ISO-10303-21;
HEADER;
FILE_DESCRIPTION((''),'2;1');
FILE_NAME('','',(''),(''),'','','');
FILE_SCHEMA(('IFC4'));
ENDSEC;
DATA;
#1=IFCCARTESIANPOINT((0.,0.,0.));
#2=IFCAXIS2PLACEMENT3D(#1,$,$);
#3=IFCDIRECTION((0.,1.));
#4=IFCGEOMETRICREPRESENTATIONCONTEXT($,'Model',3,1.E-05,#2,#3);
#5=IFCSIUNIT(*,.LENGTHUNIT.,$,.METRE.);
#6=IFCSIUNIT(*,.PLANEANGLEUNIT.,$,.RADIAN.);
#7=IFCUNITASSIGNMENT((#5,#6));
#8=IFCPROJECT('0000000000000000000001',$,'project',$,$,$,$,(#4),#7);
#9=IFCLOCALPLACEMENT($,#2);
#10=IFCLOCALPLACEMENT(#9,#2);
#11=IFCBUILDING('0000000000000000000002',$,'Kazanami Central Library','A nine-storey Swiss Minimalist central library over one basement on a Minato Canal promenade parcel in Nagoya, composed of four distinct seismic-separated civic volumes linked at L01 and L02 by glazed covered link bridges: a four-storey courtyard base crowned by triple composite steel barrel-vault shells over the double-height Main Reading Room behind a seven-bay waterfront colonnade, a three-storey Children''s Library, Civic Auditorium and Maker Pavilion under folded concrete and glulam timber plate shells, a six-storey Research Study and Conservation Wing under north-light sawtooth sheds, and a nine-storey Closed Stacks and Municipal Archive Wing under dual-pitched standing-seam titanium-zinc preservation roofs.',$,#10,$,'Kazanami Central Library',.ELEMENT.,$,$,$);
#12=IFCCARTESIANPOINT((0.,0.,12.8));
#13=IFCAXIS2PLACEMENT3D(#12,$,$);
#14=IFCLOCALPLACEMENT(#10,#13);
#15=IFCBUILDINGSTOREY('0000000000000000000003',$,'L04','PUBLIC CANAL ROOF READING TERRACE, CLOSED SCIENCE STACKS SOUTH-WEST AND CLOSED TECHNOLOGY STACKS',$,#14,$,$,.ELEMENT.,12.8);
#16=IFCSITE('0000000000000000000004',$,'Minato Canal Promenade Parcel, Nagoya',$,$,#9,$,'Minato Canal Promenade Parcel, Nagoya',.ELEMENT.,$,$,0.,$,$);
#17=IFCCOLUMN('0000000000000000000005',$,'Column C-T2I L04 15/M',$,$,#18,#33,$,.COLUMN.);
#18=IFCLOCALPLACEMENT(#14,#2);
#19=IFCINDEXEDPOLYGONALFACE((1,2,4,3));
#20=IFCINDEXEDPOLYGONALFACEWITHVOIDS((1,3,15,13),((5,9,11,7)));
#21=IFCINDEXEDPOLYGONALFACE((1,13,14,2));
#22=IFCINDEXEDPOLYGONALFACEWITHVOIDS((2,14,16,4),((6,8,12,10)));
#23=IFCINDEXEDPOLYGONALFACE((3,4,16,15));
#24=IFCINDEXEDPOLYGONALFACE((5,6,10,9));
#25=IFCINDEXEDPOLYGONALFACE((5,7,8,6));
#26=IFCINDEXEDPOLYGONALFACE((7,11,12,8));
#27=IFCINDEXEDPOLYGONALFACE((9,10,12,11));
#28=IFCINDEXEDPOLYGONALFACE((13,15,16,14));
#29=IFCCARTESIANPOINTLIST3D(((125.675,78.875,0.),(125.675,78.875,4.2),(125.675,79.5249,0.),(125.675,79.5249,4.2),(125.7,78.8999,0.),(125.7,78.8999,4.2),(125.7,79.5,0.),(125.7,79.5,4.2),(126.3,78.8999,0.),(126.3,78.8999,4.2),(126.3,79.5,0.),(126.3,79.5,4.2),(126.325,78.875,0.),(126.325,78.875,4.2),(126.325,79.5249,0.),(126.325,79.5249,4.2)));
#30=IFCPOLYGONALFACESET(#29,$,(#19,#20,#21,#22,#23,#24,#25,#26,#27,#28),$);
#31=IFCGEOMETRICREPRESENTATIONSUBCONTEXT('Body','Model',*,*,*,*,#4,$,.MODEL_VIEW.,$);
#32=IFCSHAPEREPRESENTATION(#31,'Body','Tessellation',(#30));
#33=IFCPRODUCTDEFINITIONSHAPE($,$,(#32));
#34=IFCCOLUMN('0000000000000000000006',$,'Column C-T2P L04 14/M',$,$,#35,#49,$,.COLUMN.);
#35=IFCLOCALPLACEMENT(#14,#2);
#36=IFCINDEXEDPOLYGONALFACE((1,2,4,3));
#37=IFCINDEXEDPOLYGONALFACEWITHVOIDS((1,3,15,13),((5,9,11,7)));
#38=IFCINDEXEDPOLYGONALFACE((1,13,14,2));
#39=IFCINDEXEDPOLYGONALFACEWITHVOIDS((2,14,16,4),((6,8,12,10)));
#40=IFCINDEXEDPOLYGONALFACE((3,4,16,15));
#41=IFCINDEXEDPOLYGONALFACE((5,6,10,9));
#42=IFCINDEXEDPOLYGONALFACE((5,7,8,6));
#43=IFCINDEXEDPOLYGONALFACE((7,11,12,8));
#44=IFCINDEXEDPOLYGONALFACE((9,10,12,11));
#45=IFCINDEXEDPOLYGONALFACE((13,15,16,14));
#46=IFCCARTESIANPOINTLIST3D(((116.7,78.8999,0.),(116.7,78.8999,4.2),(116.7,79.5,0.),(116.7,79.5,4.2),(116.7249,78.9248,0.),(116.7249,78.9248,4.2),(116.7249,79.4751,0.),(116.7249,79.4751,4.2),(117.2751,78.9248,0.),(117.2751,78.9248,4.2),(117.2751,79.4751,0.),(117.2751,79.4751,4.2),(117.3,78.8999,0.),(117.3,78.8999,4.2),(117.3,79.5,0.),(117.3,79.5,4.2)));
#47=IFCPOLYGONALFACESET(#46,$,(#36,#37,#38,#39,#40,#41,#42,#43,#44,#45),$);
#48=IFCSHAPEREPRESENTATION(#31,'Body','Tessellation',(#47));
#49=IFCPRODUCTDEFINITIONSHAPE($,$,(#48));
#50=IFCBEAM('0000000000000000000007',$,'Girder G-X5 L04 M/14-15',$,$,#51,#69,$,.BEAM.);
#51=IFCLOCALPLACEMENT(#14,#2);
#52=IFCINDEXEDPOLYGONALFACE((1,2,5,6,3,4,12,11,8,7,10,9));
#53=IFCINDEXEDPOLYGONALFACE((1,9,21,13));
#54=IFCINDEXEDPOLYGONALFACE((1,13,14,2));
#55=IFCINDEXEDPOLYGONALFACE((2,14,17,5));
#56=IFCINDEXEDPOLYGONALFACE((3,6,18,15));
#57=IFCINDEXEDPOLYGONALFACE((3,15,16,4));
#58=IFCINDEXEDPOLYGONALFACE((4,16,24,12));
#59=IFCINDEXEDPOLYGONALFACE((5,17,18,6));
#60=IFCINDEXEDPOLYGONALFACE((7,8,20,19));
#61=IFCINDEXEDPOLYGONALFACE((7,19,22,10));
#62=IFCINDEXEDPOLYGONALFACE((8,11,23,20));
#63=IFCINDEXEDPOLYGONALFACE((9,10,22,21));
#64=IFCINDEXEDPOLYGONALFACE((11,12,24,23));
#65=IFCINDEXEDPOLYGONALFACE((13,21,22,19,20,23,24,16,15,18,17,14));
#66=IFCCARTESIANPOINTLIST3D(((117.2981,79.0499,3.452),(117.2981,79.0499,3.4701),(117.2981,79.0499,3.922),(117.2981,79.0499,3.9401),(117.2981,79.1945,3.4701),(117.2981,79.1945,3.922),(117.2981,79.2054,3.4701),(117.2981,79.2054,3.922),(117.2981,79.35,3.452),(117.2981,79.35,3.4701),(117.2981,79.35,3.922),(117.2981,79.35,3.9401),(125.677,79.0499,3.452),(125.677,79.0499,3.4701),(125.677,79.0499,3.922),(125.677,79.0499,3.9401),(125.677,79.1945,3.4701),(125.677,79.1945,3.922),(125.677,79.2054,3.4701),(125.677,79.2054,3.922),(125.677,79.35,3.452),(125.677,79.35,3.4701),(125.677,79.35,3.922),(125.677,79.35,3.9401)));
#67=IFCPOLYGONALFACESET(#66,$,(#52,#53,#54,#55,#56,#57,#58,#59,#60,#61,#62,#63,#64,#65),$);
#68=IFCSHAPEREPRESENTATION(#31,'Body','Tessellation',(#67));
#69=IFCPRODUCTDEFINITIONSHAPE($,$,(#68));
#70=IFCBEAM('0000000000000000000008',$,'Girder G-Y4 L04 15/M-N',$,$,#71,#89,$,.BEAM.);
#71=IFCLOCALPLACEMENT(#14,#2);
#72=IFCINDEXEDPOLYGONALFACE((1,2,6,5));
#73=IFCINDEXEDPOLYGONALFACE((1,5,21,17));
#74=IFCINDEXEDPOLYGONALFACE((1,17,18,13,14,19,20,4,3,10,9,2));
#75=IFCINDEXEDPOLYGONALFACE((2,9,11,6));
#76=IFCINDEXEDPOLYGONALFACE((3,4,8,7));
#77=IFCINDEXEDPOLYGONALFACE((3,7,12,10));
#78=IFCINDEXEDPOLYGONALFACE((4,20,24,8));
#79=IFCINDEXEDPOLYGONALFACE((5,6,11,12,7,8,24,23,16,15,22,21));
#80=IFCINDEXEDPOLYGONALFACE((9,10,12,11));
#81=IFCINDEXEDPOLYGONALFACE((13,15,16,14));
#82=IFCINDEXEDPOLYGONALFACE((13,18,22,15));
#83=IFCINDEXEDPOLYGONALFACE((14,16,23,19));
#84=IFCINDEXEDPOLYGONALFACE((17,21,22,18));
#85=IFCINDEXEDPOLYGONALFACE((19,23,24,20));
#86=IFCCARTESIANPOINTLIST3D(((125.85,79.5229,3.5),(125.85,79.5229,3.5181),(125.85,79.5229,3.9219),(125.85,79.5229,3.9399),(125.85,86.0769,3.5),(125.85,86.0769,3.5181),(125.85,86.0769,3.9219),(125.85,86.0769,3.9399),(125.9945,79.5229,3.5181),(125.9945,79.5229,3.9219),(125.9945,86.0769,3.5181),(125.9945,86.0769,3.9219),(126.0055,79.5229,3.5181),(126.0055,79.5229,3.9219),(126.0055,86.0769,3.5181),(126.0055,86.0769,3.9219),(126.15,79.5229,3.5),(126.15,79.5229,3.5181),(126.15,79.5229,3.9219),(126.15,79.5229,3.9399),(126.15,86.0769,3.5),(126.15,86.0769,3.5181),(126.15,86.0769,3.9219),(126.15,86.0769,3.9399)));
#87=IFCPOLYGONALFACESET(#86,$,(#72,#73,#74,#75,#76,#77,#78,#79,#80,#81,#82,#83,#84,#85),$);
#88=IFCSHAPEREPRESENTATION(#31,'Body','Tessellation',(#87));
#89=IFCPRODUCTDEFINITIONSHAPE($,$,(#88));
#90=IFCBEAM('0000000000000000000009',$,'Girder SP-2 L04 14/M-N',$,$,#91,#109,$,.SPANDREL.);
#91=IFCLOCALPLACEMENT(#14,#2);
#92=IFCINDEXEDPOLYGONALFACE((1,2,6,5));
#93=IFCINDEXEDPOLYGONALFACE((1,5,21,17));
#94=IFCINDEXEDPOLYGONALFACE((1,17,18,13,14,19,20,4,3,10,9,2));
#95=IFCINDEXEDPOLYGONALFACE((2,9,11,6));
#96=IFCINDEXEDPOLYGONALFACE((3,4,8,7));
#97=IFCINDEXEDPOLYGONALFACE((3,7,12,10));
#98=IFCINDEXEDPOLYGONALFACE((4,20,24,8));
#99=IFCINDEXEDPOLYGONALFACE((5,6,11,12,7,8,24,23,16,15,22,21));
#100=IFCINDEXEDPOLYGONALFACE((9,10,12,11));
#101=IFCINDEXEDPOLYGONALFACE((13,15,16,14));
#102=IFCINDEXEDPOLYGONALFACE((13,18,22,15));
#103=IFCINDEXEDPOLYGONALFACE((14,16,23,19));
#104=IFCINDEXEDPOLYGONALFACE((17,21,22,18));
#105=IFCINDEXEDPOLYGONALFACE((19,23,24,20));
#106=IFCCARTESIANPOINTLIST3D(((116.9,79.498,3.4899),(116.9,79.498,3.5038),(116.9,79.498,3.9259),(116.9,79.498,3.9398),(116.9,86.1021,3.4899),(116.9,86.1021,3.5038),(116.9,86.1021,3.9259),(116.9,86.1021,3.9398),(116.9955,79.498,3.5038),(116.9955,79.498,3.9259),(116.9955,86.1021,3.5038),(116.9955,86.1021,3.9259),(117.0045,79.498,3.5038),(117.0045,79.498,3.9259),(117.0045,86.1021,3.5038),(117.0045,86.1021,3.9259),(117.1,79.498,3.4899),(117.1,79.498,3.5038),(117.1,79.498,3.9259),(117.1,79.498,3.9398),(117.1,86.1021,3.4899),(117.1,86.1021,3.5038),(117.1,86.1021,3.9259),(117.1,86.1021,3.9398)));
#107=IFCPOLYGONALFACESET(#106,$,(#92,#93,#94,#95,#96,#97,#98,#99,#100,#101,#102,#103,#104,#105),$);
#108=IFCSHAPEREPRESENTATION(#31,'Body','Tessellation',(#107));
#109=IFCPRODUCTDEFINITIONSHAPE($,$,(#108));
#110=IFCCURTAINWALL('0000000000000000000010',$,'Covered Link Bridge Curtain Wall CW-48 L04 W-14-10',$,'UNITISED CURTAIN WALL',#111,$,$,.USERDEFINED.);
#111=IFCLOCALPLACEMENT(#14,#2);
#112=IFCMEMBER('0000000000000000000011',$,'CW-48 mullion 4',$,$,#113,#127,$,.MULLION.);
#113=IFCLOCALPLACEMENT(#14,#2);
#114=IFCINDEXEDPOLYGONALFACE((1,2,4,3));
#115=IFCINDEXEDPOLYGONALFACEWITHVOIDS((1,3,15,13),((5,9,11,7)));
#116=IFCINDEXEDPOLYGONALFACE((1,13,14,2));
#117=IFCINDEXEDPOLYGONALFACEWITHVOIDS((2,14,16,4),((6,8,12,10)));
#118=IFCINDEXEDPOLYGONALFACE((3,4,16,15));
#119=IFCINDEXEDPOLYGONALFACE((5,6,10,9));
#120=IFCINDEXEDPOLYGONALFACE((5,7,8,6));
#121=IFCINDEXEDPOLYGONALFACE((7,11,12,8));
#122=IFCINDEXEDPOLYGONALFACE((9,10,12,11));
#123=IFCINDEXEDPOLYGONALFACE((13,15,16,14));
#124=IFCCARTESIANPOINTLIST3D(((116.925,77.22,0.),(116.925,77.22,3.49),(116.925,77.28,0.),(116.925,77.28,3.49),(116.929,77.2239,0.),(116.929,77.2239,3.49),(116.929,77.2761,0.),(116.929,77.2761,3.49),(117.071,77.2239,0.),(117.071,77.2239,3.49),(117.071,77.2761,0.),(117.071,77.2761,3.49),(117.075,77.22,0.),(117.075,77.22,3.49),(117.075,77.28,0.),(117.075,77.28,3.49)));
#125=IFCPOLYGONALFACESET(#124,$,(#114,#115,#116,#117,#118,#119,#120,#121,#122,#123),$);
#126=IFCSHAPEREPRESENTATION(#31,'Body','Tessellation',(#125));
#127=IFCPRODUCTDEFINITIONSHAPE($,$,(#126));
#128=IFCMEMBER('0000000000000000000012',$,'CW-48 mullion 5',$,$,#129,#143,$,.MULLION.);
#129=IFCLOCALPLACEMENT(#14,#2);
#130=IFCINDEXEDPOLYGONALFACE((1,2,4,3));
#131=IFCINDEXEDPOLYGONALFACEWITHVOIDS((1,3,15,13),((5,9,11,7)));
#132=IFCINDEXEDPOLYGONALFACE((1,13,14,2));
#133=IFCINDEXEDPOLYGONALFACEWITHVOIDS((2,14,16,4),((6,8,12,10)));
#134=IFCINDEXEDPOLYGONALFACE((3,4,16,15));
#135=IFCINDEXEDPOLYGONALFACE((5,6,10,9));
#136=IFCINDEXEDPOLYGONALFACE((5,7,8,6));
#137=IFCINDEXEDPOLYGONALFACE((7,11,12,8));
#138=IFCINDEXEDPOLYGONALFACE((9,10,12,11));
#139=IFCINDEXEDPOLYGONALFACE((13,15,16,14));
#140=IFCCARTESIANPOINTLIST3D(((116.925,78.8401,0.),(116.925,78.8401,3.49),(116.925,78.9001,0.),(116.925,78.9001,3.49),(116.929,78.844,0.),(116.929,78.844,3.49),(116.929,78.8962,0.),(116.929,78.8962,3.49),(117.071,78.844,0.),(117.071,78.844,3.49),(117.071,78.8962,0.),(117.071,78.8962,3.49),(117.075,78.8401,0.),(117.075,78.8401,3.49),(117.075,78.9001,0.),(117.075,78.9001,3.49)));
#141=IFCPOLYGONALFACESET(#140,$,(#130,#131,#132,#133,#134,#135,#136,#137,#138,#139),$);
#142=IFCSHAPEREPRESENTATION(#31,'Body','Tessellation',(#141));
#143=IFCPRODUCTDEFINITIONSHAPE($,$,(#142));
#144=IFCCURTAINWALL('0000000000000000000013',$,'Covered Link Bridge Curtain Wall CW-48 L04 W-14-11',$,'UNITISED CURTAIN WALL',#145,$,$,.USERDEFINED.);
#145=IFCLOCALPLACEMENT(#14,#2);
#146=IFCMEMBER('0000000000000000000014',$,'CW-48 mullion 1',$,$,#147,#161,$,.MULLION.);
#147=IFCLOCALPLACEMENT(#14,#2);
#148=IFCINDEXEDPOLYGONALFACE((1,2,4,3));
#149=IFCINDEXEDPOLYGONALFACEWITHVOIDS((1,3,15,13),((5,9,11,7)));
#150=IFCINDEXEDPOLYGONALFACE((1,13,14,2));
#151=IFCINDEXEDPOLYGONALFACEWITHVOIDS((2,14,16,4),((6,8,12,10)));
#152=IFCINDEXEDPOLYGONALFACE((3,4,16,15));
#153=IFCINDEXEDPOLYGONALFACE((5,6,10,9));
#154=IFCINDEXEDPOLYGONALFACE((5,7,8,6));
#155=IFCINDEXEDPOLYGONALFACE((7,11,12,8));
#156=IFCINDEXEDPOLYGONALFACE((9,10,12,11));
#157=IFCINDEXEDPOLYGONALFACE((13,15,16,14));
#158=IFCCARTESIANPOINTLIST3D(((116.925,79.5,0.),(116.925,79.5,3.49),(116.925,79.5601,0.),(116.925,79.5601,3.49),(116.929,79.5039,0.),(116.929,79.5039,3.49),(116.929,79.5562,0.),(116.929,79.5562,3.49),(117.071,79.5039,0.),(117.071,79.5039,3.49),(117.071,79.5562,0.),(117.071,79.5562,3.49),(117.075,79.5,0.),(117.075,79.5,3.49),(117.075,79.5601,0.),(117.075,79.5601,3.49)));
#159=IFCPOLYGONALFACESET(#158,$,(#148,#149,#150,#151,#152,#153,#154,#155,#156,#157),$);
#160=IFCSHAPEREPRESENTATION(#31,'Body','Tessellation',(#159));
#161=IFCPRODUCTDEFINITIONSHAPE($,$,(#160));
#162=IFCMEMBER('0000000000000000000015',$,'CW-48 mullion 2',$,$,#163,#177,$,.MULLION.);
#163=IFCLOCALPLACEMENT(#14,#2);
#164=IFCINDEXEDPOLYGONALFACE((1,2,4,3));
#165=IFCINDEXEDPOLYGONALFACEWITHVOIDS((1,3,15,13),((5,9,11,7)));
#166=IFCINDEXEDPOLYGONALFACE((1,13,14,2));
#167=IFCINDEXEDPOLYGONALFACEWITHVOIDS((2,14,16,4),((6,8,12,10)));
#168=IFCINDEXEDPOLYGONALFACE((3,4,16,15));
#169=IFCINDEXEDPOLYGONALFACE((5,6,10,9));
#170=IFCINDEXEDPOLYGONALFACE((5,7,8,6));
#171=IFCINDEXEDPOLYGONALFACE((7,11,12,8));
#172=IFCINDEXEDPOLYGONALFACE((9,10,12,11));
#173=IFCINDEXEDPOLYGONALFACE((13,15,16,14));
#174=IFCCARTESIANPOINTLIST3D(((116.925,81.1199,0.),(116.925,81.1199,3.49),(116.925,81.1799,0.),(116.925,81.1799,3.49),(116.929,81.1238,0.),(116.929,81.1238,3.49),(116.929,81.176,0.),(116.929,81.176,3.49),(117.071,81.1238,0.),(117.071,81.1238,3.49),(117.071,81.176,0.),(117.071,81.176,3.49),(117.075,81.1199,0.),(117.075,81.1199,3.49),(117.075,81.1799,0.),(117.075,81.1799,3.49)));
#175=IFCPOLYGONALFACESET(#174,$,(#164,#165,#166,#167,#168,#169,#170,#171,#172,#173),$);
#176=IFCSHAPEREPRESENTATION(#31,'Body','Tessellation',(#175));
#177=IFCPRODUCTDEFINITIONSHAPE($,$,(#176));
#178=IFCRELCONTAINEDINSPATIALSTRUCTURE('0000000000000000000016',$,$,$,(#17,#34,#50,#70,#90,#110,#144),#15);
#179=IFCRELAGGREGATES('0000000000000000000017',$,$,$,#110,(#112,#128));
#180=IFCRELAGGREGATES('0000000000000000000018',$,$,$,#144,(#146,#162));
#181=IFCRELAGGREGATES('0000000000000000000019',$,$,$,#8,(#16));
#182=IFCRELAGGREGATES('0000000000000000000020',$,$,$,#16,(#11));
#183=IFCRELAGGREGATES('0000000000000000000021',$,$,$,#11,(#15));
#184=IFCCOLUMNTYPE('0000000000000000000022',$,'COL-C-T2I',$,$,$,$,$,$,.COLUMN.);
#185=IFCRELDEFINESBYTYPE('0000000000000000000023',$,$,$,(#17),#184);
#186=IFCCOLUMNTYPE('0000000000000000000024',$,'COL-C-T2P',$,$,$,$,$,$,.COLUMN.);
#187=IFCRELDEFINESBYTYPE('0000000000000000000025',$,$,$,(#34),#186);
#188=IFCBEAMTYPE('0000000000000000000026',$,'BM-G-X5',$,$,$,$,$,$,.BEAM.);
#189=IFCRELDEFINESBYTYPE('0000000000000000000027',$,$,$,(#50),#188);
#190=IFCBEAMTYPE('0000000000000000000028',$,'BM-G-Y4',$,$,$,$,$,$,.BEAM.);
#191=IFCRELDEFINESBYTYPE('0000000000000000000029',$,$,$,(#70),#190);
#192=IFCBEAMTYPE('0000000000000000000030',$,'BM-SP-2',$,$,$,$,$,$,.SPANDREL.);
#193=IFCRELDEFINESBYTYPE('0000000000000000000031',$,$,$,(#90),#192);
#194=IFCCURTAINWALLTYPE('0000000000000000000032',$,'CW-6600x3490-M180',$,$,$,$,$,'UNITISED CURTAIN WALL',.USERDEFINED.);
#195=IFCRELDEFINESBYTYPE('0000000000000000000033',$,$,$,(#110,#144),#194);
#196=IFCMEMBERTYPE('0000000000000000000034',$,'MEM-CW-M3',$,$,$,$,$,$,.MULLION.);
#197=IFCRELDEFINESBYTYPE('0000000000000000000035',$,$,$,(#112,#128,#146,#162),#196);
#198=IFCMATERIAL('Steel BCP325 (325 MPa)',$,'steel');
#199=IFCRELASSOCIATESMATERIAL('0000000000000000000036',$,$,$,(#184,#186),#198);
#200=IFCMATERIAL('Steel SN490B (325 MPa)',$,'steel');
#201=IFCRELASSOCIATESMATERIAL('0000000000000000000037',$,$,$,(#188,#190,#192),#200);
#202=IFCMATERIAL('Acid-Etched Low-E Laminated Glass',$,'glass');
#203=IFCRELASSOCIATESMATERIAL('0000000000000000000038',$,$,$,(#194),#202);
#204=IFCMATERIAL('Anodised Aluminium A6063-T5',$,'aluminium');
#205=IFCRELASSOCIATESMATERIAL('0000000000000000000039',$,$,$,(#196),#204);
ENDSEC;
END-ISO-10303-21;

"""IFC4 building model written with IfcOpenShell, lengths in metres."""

from ifc_helpers import new_model, si_unit, direction, frame, origin, origin_2d, place, context, subcontext, project, spatial, hollow_rectangle, i_section, extrude, material, material_profile, profile_set, type_object, element, aggregate, save


model = new_model("IFC4")

# Units and contexts
model_context = context("Model", 3, precision=1e-05, world=origin(), true_north=direction((0.0, 1.0)))
body_context = subcontext(model_context, "Body", "Model", "MODEL_VIEW")
ifc_project = project(units=[si_unit("LENGTHUNIT", "METRE"), si_unit("PLANEANGLEUNIT", "RADIAN")], contexts=[model_context])

# Site, building, storey
site_placement = place(None, origin())
site = spatial("IfcSite", under=ifc_project, at=site_placement, Name="Minato Canal Promenade Parcel, Nagoya", LongName="Minato Canal Promenade Parcel, Nagoya", CompositionType="ELEMENT", RefElevation=0.0)
building_placement = place(site_placement, origin())
building = spatial("IfcBuilding", under=site, at=building_placement, Name="Kazanami Central Library", Description="A nine-storey Swiss Minimalist central library over one basement on a Minato Canal promenade parcel in Nagoya, composed of four distinct seismic-separated civic volumes linked at L01 and L02 by glazed covered link bridges: a four-storey courtyard base crowned by triple composite steel barrel-vault shells over the double-height Main Reading Room behind a seven-bay waterfront colonnade, a three-storey Children's Library, Civic Auditorium and Maker Pavilion under folded concrete and glulam timber plate shells, a six-storey Research Study and Conservation Wing under north-light sawtooth sheds, and a nine-storey Closed Stacks and Municipal Archive Wing under dual-pitched standing-seam titanium-zinc preservation roofs.", LongName="Kazanami Central Library", CompositionType="ELEMENT")
storey_placement = place(building_placement, frame((0.0, 0.0, 12.8)))
storey = spatial("IfcBuildingStorey", under=building, at=storey_placement, Name="L04", Description="PUBLIC CANAL ROOF READING TERRACE, CLOSED SCIENCE STACKS SOUTH-WEST AND CLOSED TECHNOLOGY STACKS", CompositionType="ELEMENT", Elevation=12.8)

# Columns
ifc_material_1 = material(Name="Steel BCP325 (325 MPa)", Category="steel")
ifc_material_profile_1 = material_profile(ifc_material_1, hollow_rectangle(XDim=0.6499, YDim=0.6499, WallThickness=0.0249, at=origin_2d()), Name="BCP-650x650x25")
ifc_profile_set_1 = profile_set([ifc_material_profile_1], Name="Steel BCP325 (325 MPa)")
column_type_1 = type_object("IfcColumnType", Name="COL-C-T2I", PredefinedType="COLUMN", material=ifc_profile_set_1)
column_1_placement = place(storey_placement, frame((126.0, 79.2, 0.0), z_axis=(0.0, 0.0, 1.0), x_axis=(1.0, 0.0, 0.0)))
element("IfcColumn", 1, at=column_1_placement, inside=storey, type_object=column_type_1, Name="Column C-T2I L04 15/M", PredefinedType="COLUMN", context=body_context, shape_type="SweptSolid", body=[
    extrude(hollow_rectangle(XDim=0.6499, YDim=0.6499, WallThickness=0.0249, at=origin_2d()), origin(), (0.0, 0.0, 1.0), 4.2),
])
ifc_material_profile_2 = material_profile(ifc_material_1, hollow_rectangle(XDim=0.6001, YDim=0.6001, WallThickness=0.0249, at=origin_2d()), Name="BCP-600x600x25")
ifc_profile_set_2 = profile_set([ifc_material_profile_2], Name="Steel BCP325 (325 MPa)")
column_type_2 = type_object("IfcColumnType", Name="COL-C-T2P", PredefinedType="COLUMN", material=ifc_profile_set_2)
column_2_placement = place(storey_placement, frame((117.0, 79.2, 0.0), z_axis=(0.0, 0.0, 1.0), x_axis=(1.0, 0.0, 0.0)))
element("IfcColumn", 2, at=column_2_placement, inside=storey, type_object=column_type_2, Name="Column C-T2P L04 14/M", PredefinedType="COLUMN", context=body_context, shape_type="SweptSolid", body=[
    extrude(hollow_rectangle(XDim=0.6001, YDim=0.6001, WallThickness=0.0249, at=origin_2d()), origin(), (0.0, 0.0, 1.0), 4.2),
])

# Beams
ifc_material_2 = material(Name="Steel SN490B (325 MPa)", Category="steel")
ifc_material_profile_3 = material_profile(ifc_material_2, i_section(OverallWidth=0.3, OverallDepth=0.488, WebThickness=0.011, FlangeThickness=0.0181, at=origin_2d()), Name="H-488x300x11x18")
ifc_profile_set_3 = profile_set([ifc_material_profile_3], Name="Steel SN490B (325 MPa)")
beam_type_1 = type_object("IfcBeamType", Name="BM-G-X5", PredefinedType="BEAM", material=ifc_profile_set_3)
beam_1_placement = place(storey_placement, frame((117.2981, 79.2, 3.696), z_axis=(1.0, 0.0, 0.0), x_axis=(0.0, 1.0, 0.0)))
element("IfcBeam", 3, at=beam_1_placement, inside=storey, type_object=beam_type_1, Name="Girder G-X5 L04 M/14-15", PredefinedType="BEAM", context=body_context, shape_type="SweptSolid", body=[
    extrude(i_section(OverallWidth=0.3, OverallDepth=0.488, WebThickness=0.011, FlangeThickness=0.0181, at=origin_2d()), origin(), (0.0, 0.0, 1.0), 8.3789),
])
ifc_material_profile_4 = material_profile(ifc_material_2, i_section(OverallWidth=0.3, OverallDepth=0.4399, WebThickness=0.011, FlangeThickness=0.0181, at=origin_2d()), Name="H-440x300x11x18")
ifc_profile_set_4 = profile_set([ifc_material_profile_4], Name="Steel SN490B (325 MPa)")
beam_type_2 = type_object("IfcBeamType", Name="BM-G-Y4", PredefinedType="BEAM", material=ifc_profile_set_4)
beam_2_placement = place(storey_placement, frame((126.0, 79.5229, 3.72), z_axis=(0.0, 1.0, 0.0), x_axis=(-1.0, 0.0, 0.0)))
element("IfcBeam", 4, at=beam_2_placement, inside=storey, type_object=beam_type_2, Name="Girder G-Y4 L04 15/M-N", PredefinedType="BEAM", context=body_context, shape_type="SweptSolid", body=[
    extrude(i_section(OverallWidth=0.3, OverallDepth=0.4399, WebThickness=0.011, FlangeThickness=0.0181, at=origin_2d()), origin(), (0.0, 0.0, 1.0), 6.554),
])
ifc_material_profile_5 = material_profile(ifc_material_2, i_section(OverallWidth=0.2, OverallDepth=0.45, WebThickness=0.009, FlangeThickness=0.0139, at=origin_2d()), Name="H-450x200x9x14")
ifc_profile_set_5 = profile_set([ifc_material_profile_5], Name="Steel SN490B (325 MPa)")
beam_type_3 = type_object("IfcBeamType", Name="BM-SP-2", PredefinedType="SPANDREL", material=ifc_profile_set_5)
beam_3_placement = place(storey_placement, frame((117.0, 79.498, 3.7148), z_axis=(0.0, 1.0, 0.0), x_axis=(-1.0, 0.0, 0.0)))
element("IfcBeam", 5, at=beam_3_placement, inside=storey, type_object=beam_type_3, Name="Girder SP-2 L04 14/M-N", PredefinedType="SPANDREL", context=body_context, shape_type="SweptSolid", body=[
    extrude(i_section(OverallWidth=0.2, OverallDepth=0.45, WebThickness=0.009, FlangeThickness=0.0139, at=origin_2d()), origin(), (0.0, 0.0, 1.0), 6.604),
])

# Curtain walls, members
ifc_material_3 = material(Name="Acid-Etched Low-E Laminated Glass", Category="glass")
curtain_wall_type = type_object("IfcCurtainWallType", Name="CW-6600x3490-M180", ElementType="UNITISED CURTAIN WALL", PredefinedType="USERDEFINED", material=ifc_material_3)
curtain_wall_1_placement = place(storey_placement, origin())
curtain_wall_1 = element("IfcCurtainWall", 6, at=curtain_wall_1_placement, inside=storey, type_object=curtain_wall_type, Name="Covered Link Bridge Curtain Wall CW-48 L04 W-14-10", ObjectType="UNITISED CURTAIN WALL", PredefinedType="USERDEFINED")
ifc_material_4 = material(Name="Anodised Aluminium A6063-T5", Category="aluminium")
ifc_material_profile_6 = material_profile(ifc_material_4, hollow_rectangle(XDim=0.0601, YDim=0.1499, WallThickness=0.0039, at=origin_2d()), Name="ALU-MULL-60x150x4")
ifc_profile_set_6 = profile_set([ifc_material_profile_6], Name="Anodised Aluminium A6063-T5")
member_type_1 = type_object("IfcMemberType", Name="MEM-CW-M3", PredefinedType="MULLION", material=ifc_profile_set_6)
member_1_placement = place(storey_placement, frame((117.0, 77.25, 0.0), z_axis=(0.0, 0.0, 1.0), x_axis=(0.0, 1.0, 0.0)))
member_1 = element("IfcMember", 7, at=member_1_placement, type_object=member_type_1, Name="CW-48 mullion 4", PredefinedType="MULLION", context=body_context, shape_type="SweptSolid", body=[
    extrude(hollow_rectangle(XDim=0.0601, YDim=0.1499, WallThickness=0.0039, at=origin_2d()), origin(), (0.0, 0.0, 1.0), 3.49),
])
member_2_placement = place(storey_placement, frame((117.0, 78.8701, 0.0), z_axis=(0.0, 0.0, 1.0), x_axis=(0.0, 1.0, 0.0)))
member_2 = element("IfcMember", 8, at=member_2_placement, type_object=member_type_1, Name="CW-48 mullion 5", PredefinedType="MULLION", context=body_context, shape_type="SweptSolid", body=[
    extrude(hollow_rectangle(XDim=0.0601, YDim=0.1499, WallThickness=0.0039, at=origin_2d()), origin(), (0.0, 0.0, 1.0), 3.49),
])
curtain_wall_2_placement = place(storey_placement, origin())
curtain_wall_2 = element("IfcCurtainWall", 9, at=curtain_wall_2_placement, inside=storey, type_object=curtain_wall_type, Name="Covered Link Bridge Curtain Wall CW-48 L04 W-14-11", ObjectType="UNITISED CURTAIN WALL", PredefinedType="USERDEFINED")
member_3_placement = place(storey_placement, frame((117.0, 79.53, 0.0), z_axis=(0.0, 0.0, 1.0), x_axis=(0.0, 1.0, 0.0)))
member_3 = element("IfcMember", 10, at=member_3_placement, type_object=member_type_1, Name="CW-48 mullion 1", PredefinedType="MULLION", context=body_context, shape_type="SweptSolid", body=[
    extrude(hollow_rectangle(XDim=0.0601, YDim=0.1499, WallThickness=0.0039, at=origin_2d()), origin(), (0.0, 0.0, 1.0), 3.49),
])
member_4_placement = place(storey_placement, frame((117.0, 81.1499, 0.0), z_axis=(0.0, 0.0, 1.0), x_axis=(0.0, 1.0, 0.0)))
member_4 = element("IfcMember", 11, at=member_4_placement, type_object=member_type_1, Name="CW-48 mullion 2", PredefinedType="MULLION", context=body_context, shape_type="SweptSolid", body=[
    extrude(hollow_rectangle(XDim=0.0601, YDim=0.1499, WallThickness=0.0039, at=origin_2d()), origin(), (0.0, 0.0, 1.0), 3.49),
])

aggregate(curtain_wall_1, [member_1, member_2])
aggregate(curtain_wall_2, [member_3, member_4])

save(model, "model.ifc")
